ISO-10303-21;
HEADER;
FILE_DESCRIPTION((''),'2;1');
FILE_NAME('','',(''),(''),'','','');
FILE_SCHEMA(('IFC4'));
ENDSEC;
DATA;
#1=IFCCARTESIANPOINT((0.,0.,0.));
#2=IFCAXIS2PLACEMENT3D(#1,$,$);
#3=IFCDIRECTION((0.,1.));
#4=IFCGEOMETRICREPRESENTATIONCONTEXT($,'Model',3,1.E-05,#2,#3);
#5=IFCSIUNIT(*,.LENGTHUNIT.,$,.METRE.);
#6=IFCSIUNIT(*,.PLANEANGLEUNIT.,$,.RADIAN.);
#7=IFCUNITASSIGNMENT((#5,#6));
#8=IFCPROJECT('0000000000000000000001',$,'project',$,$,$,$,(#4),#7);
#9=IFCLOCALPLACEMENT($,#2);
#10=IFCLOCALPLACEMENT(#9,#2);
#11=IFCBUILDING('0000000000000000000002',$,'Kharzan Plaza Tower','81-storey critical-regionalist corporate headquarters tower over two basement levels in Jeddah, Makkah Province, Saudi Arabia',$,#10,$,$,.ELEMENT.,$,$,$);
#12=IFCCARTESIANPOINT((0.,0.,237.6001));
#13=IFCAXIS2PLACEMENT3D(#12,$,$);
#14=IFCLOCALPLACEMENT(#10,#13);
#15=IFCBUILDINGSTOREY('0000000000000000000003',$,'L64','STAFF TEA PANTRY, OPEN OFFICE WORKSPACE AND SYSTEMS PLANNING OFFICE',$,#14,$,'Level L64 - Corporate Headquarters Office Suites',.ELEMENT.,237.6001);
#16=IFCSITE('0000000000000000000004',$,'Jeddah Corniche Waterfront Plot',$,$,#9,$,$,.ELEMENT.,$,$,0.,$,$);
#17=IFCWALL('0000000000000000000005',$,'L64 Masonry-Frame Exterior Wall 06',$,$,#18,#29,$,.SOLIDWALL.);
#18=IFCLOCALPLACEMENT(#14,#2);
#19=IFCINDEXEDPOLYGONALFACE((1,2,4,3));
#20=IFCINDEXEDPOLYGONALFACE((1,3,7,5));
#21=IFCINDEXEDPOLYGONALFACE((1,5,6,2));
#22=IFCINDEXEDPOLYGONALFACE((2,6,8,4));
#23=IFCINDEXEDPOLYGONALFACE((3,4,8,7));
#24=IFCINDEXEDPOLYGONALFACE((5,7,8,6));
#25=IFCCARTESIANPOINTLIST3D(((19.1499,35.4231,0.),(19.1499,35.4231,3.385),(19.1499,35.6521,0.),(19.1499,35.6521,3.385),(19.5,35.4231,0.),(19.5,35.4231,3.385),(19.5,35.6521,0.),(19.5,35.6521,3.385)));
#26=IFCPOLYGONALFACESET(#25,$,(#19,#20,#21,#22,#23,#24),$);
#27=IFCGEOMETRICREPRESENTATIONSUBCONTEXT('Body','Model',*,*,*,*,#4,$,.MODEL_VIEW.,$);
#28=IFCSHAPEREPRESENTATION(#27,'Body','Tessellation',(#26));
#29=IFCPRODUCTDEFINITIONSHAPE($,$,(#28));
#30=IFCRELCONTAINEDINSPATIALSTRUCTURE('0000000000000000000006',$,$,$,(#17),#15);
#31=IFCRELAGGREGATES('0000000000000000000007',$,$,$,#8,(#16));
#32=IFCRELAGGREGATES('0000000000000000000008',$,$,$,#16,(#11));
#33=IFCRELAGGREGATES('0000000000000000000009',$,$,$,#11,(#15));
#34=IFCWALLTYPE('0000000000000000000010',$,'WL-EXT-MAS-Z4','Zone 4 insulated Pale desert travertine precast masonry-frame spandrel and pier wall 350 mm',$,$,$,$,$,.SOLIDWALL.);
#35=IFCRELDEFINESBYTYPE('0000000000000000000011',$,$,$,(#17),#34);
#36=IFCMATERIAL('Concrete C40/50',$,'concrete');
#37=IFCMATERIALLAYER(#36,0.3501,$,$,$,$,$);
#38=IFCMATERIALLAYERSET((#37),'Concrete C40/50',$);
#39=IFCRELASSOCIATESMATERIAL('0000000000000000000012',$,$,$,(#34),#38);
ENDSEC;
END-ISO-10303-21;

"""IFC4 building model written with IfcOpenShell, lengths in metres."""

from ifc_helpers import new_model, si_unit, direction, frame, frame_2d, origin, place, context, subcontext, project, spatial, rectangle, extrude, source, transform, mapped, material, layer, layer_set, type_object, element, save


model = new_model("IFC4")

# Units and contexts
model_context = context("Model", 3, precision=1e-05, world=origin(), true_north=direction((0.0, 1.0)))
body_context = subcontext(model_context, "Body", "Model", "MODEL_VIEW")
ifc_project = project(units=[si_unit("LENGTHUNIT", "METRE"), si_unit("PLANEANGLEUNIT", "RADIAN")], contexts=[model_context])

# Site, building, storey
site_placement = place(None, origin())
site = spatial("IfcSite", under=ifc_project, at=site_placement, Name="Jeddah Corniche Waterfront Plot", CompositionType="ELEMENT", RefElevation=0.0)
building_placement = place(site_placement, origin())
building = spatial("IfcBuilding", under=site, at=building_placement, Name="Kharzan Plaza Tower", Description="81-storey critical-regionalist corporate headquarters tower over two basement levels in Jeddah, Makkah Province, Saudi Arabia", CompositionType="ELEMENT")
storey_placement = place(building_placement, frame((0.0, 0.0, 237.6001)))
storey = spatial("IfcBuildingStorey", under=building, at=storey_placement, Name="L64", Description="STAFF TEA PANTRY, OPEN OFFICE WORKSPACE AND SYSTEMS PLANNING OFFICE", LongName="Level L64 - Corporate Headquarters Office Suites", CompositionType="ELEMENT", Elevation=237.6001)

# Shared definitions
ifc_material_1 = material(Name="Concrete C40/50", Category="concrete")
ifc_layer_1 = layer(ifc_material_1, 0.3501)
ifc_layer_set_1 = layer_set([ifc_layer_1], Name="Concrete C40/50")
wall_type_1 = type_object("IfcWallType", Name="WL-EXT-MAS-Z4", Description="Zone 4 insulated Pale desert travertine precast masonry-frame spandrel and pier wall 350 mm", PredefinedType="SOLIDWALL", material=ifc_layer_set_1)

# Wall
shared_shape_1 = source(origin(), body_context, "Body", "SweptSolid", [
    extrude(rectangle(XDim=0.229, YDim=0.3501, at=frame_2d((0.1145, 0.0))), origin(), (0.0, 0.0, 1.0), 3.385),
])
wall_1_placement = place(storey_placement, frame((19.325, 35.4231, 0.0), z_axis=(0.0, 0.0, 1.0), x_axis=(0.0, 1.0, 0.0)))
element("IfcWall", 1, at=wall_1_placement, inside=storey, type_object=wall_type_1, Name="L64 Masonry-Frame Exterior Wall 06", PredefinedType="SOLIDWALL", context=body_context, shape_type="MappedRepresentation", body=[
    mapped(shared_shape_1, transform((0.0, 0.0, 0.0), x_axis=(1.0, 0.0, 0.0), y_axis=(0.0, 1.0, 0.0), z_axis=(0.0, 0.0, 1.0))),
])

save(model, "model.ifc")
